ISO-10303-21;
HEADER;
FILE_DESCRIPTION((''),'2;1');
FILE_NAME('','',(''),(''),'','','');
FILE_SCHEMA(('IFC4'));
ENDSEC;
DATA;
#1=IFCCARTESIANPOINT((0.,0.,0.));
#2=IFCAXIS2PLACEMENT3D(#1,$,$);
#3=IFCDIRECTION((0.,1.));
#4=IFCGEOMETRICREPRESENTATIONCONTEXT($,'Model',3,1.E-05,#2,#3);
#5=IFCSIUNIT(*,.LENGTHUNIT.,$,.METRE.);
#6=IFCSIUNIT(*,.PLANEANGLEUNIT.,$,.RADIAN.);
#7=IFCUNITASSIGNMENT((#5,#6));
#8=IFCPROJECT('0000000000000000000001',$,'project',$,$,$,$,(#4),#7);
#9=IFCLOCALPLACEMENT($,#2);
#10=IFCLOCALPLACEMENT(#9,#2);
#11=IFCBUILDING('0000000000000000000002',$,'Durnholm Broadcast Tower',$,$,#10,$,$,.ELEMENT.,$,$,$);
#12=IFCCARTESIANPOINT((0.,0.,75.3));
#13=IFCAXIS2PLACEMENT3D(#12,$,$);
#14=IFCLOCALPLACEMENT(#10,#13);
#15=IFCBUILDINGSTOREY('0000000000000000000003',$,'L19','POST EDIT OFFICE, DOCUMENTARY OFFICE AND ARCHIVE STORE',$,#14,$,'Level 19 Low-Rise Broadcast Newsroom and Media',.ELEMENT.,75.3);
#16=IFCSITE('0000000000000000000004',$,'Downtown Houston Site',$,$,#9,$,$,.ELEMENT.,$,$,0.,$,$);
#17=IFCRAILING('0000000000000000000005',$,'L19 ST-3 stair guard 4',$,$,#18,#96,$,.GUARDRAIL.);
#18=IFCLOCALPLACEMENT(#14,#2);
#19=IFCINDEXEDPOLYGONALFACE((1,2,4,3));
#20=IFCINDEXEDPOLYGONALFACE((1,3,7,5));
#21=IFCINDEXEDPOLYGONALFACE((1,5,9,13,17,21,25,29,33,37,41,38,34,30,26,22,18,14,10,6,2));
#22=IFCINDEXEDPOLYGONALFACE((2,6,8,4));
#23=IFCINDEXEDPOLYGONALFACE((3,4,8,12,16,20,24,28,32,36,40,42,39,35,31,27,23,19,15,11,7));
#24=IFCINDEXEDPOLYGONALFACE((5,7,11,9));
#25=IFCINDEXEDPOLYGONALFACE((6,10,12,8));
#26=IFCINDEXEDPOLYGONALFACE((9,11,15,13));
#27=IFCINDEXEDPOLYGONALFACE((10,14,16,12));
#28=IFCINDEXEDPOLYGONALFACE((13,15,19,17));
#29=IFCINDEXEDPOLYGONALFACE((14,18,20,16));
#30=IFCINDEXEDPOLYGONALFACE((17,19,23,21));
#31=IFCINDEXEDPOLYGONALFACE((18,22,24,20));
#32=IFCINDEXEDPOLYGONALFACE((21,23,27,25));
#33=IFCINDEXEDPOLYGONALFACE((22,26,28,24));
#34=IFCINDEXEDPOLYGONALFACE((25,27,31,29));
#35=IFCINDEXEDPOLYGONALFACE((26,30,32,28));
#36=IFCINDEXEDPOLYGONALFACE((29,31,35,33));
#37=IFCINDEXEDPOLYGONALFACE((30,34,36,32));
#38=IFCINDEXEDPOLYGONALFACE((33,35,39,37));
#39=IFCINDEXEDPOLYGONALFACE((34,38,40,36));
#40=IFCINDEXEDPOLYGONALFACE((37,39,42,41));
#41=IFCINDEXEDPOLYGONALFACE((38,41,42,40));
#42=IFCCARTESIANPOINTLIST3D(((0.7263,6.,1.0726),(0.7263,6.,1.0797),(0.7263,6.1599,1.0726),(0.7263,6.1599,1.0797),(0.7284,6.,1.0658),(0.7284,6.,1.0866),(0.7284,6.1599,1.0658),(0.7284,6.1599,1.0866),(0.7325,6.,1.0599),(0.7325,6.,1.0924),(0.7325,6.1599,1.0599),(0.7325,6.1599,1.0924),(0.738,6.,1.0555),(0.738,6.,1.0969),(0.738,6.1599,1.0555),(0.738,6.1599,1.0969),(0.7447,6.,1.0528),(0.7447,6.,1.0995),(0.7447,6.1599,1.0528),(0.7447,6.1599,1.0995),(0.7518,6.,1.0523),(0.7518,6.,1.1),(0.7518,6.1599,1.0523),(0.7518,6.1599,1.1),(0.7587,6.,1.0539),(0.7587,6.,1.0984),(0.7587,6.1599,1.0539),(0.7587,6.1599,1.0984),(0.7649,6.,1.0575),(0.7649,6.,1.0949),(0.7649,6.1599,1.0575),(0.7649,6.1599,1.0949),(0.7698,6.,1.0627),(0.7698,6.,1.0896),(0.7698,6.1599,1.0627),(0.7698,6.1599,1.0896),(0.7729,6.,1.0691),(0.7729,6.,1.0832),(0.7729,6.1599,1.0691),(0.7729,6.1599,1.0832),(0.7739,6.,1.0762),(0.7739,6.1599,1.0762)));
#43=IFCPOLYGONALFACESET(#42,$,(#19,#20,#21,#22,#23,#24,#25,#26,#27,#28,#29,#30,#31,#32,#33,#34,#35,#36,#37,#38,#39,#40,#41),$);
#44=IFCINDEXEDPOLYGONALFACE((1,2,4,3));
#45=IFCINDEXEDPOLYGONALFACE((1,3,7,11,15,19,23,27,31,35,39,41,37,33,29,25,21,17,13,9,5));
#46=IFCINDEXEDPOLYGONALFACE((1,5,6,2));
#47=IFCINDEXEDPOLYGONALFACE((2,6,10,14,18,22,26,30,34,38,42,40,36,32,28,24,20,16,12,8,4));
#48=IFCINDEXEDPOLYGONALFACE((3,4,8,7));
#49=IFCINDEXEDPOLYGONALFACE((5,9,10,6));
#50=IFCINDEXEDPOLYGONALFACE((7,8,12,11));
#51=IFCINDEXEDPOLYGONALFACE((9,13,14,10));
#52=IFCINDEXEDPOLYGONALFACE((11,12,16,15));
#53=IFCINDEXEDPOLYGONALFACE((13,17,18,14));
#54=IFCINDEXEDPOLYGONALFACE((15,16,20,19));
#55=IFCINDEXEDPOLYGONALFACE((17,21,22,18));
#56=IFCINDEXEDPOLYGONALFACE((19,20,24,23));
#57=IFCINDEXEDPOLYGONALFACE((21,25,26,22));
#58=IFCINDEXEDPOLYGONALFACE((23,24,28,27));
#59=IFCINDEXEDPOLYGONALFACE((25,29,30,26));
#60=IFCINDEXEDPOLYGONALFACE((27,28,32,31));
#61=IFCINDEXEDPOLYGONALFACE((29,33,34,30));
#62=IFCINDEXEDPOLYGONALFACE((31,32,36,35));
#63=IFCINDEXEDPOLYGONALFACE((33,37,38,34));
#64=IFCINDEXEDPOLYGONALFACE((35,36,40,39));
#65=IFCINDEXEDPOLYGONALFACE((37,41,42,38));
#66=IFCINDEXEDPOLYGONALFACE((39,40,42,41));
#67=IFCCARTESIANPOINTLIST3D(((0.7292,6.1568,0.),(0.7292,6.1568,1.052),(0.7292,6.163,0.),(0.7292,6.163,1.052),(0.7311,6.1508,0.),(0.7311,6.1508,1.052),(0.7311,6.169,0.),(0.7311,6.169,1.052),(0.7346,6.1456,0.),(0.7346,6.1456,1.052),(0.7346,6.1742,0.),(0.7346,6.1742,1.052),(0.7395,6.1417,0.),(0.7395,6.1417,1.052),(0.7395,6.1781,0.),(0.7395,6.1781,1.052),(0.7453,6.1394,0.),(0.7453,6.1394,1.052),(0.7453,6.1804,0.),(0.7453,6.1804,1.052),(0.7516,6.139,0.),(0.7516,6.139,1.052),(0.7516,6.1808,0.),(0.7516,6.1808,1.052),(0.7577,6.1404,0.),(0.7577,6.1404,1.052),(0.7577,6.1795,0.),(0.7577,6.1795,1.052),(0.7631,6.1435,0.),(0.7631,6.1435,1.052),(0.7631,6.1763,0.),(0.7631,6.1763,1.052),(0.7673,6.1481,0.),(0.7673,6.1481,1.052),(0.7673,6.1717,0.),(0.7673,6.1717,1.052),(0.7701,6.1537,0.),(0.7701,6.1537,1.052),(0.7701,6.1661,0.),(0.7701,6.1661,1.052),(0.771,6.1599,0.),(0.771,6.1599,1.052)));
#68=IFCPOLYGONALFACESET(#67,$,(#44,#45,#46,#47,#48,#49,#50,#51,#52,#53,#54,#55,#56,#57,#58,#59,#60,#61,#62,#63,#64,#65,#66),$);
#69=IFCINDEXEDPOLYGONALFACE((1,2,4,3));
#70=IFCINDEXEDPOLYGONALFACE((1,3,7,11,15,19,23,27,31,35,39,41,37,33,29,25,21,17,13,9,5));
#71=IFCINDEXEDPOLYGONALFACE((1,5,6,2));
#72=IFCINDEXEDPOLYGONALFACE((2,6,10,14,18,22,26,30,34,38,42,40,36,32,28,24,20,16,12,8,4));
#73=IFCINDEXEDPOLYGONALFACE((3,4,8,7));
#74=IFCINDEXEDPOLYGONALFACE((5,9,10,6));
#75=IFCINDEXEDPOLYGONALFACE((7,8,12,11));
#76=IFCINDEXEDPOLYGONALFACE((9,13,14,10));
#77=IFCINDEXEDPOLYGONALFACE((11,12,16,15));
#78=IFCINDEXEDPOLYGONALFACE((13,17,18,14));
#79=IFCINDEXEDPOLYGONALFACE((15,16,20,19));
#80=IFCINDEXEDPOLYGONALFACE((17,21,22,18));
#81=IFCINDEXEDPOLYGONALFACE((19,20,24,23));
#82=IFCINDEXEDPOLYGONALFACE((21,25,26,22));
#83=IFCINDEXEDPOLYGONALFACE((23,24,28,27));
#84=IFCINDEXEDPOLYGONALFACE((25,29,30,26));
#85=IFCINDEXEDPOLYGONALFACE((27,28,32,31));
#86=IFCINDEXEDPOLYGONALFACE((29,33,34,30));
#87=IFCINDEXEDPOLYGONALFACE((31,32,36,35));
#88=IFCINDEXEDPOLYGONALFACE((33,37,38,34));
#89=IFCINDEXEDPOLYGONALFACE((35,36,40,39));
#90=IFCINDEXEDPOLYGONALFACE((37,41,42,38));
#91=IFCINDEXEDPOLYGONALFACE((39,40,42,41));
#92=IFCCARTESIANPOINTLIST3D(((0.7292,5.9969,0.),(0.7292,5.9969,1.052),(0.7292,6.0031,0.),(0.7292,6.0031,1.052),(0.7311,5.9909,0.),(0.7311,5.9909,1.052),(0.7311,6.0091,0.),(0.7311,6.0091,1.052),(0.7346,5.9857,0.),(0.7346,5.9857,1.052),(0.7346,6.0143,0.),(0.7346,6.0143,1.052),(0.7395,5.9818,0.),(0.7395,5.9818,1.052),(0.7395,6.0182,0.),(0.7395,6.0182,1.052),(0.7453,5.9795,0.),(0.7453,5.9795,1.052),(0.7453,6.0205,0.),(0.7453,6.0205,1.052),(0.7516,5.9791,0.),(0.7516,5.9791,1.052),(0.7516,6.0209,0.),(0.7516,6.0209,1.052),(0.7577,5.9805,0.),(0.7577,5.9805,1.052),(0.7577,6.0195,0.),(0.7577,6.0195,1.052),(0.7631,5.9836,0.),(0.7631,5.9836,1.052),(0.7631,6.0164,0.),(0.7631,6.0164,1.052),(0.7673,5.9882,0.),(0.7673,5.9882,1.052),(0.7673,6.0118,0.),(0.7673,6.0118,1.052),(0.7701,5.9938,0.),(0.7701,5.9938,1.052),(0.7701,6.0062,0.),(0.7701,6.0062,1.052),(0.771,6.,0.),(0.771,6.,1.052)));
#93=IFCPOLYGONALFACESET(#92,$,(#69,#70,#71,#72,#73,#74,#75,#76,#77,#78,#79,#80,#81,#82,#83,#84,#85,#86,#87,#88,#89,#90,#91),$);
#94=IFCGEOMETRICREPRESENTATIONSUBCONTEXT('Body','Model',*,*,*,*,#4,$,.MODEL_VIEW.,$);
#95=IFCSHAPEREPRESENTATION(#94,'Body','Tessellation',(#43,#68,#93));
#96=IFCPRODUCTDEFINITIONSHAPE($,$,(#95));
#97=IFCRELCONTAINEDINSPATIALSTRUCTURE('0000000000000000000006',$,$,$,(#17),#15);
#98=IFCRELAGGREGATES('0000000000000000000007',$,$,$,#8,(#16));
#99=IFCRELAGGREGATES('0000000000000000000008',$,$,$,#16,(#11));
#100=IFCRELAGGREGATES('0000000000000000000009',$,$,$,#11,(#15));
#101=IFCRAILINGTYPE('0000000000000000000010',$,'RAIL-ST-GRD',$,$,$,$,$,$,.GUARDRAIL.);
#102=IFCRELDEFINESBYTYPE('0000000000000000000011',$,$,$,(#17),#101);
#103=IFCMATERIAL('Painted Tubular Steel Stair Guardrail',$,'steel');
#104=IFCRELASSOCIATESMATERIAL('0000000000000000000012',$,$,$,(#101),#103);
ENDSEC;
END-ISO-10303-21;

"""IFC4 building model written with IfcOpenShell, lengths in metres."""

from ifc_helpers import new_model, si_unit, direction, frame, origin, origin_2d, place, context, subcontext, project, spatial, circle, extrude, material, type_object, element, save


model = new_model("IFC4")

# Units and contexts
model_context = context("Model", 3, precision=1e-05, world=origin(), true_north=direction((0.0, 1.0)))
body_context = subcontext(model_context, "Body", "Model", "MODEL_VIEW")
ifc_project = project(units=[si_unit("LENGTHUNIT", "METRE"), si_unit("PLANEANGLEUNIT", "RADIAN")], contexts=[model_context])

# Site, building, storey
site_placement = place(None, origin())
site = spatial("IfcSite", under=ifc_project, at=site_placement, Name="Downtown Houston Site", CompositionType="ELEMENT", RefElevation=0.0)
building_placement = place(site_placement, origin())
building = spatial("IfcBuilding", under=site, at=building_placement, Name="Durnholm Broadcast Tower", CompositionType="ELEMENT")
storey_placement = place(building_placement, frame((0.0, 0.0, 75.3)))
storey = spatial("IfcBuildingStorey", under=building, at=storey_placement, Name="L19", Description="POST EDIT OFFICE, DOCUMENTARY OFFICE AND ARCHIVE STORE", LongName="Level 19 Low-Rise Broadcast Newsroom and Media", CompositionType="ELEMENT", Elevation=75.3)

# Railing
ifc_material_1 = material(Name="Painted Tubular Steel Stair Guardrail", Category="steel")
railing_type_1 = type_object("IfcRailingType", Name="RAIL-ST-GRD", PredefinedType="GUARDRAIL", material=ifc_material_1)
railing_1_placement = place(storey_placement, frame((0.75, 6.1599, 0.0)))
element("IfcRailing", 1, at=railing_1_placement, inside=storey, type_object=railing_type_1, Name="L19 ST-3 stair guard 4", PredefinedType="GUARDRAIL", context=body_context, shape_type="SweptSolid", body=[
    extrude(circle(Radius=0.0239, at=origin_2d()), frame((0.0, 0.0, 1.0762), z_axis=(0.0, -1.0, 0.0), x_axis=(1.0, 0.0, 0.0)), (0.0, 0.0, 1.0), 0.1599),
    extrude(circle(Radius=0.021, at=origin_2d()), origin(), (0.0, 0.0, 1.0), 1.052),
    extrude(circle(Radius=0.021, at=origin_2d()), frame((0.0, -0.1599, 0.0)), (0.0, 0.0, 1.0), 1.052),
])

save(model, "model.ifc")
